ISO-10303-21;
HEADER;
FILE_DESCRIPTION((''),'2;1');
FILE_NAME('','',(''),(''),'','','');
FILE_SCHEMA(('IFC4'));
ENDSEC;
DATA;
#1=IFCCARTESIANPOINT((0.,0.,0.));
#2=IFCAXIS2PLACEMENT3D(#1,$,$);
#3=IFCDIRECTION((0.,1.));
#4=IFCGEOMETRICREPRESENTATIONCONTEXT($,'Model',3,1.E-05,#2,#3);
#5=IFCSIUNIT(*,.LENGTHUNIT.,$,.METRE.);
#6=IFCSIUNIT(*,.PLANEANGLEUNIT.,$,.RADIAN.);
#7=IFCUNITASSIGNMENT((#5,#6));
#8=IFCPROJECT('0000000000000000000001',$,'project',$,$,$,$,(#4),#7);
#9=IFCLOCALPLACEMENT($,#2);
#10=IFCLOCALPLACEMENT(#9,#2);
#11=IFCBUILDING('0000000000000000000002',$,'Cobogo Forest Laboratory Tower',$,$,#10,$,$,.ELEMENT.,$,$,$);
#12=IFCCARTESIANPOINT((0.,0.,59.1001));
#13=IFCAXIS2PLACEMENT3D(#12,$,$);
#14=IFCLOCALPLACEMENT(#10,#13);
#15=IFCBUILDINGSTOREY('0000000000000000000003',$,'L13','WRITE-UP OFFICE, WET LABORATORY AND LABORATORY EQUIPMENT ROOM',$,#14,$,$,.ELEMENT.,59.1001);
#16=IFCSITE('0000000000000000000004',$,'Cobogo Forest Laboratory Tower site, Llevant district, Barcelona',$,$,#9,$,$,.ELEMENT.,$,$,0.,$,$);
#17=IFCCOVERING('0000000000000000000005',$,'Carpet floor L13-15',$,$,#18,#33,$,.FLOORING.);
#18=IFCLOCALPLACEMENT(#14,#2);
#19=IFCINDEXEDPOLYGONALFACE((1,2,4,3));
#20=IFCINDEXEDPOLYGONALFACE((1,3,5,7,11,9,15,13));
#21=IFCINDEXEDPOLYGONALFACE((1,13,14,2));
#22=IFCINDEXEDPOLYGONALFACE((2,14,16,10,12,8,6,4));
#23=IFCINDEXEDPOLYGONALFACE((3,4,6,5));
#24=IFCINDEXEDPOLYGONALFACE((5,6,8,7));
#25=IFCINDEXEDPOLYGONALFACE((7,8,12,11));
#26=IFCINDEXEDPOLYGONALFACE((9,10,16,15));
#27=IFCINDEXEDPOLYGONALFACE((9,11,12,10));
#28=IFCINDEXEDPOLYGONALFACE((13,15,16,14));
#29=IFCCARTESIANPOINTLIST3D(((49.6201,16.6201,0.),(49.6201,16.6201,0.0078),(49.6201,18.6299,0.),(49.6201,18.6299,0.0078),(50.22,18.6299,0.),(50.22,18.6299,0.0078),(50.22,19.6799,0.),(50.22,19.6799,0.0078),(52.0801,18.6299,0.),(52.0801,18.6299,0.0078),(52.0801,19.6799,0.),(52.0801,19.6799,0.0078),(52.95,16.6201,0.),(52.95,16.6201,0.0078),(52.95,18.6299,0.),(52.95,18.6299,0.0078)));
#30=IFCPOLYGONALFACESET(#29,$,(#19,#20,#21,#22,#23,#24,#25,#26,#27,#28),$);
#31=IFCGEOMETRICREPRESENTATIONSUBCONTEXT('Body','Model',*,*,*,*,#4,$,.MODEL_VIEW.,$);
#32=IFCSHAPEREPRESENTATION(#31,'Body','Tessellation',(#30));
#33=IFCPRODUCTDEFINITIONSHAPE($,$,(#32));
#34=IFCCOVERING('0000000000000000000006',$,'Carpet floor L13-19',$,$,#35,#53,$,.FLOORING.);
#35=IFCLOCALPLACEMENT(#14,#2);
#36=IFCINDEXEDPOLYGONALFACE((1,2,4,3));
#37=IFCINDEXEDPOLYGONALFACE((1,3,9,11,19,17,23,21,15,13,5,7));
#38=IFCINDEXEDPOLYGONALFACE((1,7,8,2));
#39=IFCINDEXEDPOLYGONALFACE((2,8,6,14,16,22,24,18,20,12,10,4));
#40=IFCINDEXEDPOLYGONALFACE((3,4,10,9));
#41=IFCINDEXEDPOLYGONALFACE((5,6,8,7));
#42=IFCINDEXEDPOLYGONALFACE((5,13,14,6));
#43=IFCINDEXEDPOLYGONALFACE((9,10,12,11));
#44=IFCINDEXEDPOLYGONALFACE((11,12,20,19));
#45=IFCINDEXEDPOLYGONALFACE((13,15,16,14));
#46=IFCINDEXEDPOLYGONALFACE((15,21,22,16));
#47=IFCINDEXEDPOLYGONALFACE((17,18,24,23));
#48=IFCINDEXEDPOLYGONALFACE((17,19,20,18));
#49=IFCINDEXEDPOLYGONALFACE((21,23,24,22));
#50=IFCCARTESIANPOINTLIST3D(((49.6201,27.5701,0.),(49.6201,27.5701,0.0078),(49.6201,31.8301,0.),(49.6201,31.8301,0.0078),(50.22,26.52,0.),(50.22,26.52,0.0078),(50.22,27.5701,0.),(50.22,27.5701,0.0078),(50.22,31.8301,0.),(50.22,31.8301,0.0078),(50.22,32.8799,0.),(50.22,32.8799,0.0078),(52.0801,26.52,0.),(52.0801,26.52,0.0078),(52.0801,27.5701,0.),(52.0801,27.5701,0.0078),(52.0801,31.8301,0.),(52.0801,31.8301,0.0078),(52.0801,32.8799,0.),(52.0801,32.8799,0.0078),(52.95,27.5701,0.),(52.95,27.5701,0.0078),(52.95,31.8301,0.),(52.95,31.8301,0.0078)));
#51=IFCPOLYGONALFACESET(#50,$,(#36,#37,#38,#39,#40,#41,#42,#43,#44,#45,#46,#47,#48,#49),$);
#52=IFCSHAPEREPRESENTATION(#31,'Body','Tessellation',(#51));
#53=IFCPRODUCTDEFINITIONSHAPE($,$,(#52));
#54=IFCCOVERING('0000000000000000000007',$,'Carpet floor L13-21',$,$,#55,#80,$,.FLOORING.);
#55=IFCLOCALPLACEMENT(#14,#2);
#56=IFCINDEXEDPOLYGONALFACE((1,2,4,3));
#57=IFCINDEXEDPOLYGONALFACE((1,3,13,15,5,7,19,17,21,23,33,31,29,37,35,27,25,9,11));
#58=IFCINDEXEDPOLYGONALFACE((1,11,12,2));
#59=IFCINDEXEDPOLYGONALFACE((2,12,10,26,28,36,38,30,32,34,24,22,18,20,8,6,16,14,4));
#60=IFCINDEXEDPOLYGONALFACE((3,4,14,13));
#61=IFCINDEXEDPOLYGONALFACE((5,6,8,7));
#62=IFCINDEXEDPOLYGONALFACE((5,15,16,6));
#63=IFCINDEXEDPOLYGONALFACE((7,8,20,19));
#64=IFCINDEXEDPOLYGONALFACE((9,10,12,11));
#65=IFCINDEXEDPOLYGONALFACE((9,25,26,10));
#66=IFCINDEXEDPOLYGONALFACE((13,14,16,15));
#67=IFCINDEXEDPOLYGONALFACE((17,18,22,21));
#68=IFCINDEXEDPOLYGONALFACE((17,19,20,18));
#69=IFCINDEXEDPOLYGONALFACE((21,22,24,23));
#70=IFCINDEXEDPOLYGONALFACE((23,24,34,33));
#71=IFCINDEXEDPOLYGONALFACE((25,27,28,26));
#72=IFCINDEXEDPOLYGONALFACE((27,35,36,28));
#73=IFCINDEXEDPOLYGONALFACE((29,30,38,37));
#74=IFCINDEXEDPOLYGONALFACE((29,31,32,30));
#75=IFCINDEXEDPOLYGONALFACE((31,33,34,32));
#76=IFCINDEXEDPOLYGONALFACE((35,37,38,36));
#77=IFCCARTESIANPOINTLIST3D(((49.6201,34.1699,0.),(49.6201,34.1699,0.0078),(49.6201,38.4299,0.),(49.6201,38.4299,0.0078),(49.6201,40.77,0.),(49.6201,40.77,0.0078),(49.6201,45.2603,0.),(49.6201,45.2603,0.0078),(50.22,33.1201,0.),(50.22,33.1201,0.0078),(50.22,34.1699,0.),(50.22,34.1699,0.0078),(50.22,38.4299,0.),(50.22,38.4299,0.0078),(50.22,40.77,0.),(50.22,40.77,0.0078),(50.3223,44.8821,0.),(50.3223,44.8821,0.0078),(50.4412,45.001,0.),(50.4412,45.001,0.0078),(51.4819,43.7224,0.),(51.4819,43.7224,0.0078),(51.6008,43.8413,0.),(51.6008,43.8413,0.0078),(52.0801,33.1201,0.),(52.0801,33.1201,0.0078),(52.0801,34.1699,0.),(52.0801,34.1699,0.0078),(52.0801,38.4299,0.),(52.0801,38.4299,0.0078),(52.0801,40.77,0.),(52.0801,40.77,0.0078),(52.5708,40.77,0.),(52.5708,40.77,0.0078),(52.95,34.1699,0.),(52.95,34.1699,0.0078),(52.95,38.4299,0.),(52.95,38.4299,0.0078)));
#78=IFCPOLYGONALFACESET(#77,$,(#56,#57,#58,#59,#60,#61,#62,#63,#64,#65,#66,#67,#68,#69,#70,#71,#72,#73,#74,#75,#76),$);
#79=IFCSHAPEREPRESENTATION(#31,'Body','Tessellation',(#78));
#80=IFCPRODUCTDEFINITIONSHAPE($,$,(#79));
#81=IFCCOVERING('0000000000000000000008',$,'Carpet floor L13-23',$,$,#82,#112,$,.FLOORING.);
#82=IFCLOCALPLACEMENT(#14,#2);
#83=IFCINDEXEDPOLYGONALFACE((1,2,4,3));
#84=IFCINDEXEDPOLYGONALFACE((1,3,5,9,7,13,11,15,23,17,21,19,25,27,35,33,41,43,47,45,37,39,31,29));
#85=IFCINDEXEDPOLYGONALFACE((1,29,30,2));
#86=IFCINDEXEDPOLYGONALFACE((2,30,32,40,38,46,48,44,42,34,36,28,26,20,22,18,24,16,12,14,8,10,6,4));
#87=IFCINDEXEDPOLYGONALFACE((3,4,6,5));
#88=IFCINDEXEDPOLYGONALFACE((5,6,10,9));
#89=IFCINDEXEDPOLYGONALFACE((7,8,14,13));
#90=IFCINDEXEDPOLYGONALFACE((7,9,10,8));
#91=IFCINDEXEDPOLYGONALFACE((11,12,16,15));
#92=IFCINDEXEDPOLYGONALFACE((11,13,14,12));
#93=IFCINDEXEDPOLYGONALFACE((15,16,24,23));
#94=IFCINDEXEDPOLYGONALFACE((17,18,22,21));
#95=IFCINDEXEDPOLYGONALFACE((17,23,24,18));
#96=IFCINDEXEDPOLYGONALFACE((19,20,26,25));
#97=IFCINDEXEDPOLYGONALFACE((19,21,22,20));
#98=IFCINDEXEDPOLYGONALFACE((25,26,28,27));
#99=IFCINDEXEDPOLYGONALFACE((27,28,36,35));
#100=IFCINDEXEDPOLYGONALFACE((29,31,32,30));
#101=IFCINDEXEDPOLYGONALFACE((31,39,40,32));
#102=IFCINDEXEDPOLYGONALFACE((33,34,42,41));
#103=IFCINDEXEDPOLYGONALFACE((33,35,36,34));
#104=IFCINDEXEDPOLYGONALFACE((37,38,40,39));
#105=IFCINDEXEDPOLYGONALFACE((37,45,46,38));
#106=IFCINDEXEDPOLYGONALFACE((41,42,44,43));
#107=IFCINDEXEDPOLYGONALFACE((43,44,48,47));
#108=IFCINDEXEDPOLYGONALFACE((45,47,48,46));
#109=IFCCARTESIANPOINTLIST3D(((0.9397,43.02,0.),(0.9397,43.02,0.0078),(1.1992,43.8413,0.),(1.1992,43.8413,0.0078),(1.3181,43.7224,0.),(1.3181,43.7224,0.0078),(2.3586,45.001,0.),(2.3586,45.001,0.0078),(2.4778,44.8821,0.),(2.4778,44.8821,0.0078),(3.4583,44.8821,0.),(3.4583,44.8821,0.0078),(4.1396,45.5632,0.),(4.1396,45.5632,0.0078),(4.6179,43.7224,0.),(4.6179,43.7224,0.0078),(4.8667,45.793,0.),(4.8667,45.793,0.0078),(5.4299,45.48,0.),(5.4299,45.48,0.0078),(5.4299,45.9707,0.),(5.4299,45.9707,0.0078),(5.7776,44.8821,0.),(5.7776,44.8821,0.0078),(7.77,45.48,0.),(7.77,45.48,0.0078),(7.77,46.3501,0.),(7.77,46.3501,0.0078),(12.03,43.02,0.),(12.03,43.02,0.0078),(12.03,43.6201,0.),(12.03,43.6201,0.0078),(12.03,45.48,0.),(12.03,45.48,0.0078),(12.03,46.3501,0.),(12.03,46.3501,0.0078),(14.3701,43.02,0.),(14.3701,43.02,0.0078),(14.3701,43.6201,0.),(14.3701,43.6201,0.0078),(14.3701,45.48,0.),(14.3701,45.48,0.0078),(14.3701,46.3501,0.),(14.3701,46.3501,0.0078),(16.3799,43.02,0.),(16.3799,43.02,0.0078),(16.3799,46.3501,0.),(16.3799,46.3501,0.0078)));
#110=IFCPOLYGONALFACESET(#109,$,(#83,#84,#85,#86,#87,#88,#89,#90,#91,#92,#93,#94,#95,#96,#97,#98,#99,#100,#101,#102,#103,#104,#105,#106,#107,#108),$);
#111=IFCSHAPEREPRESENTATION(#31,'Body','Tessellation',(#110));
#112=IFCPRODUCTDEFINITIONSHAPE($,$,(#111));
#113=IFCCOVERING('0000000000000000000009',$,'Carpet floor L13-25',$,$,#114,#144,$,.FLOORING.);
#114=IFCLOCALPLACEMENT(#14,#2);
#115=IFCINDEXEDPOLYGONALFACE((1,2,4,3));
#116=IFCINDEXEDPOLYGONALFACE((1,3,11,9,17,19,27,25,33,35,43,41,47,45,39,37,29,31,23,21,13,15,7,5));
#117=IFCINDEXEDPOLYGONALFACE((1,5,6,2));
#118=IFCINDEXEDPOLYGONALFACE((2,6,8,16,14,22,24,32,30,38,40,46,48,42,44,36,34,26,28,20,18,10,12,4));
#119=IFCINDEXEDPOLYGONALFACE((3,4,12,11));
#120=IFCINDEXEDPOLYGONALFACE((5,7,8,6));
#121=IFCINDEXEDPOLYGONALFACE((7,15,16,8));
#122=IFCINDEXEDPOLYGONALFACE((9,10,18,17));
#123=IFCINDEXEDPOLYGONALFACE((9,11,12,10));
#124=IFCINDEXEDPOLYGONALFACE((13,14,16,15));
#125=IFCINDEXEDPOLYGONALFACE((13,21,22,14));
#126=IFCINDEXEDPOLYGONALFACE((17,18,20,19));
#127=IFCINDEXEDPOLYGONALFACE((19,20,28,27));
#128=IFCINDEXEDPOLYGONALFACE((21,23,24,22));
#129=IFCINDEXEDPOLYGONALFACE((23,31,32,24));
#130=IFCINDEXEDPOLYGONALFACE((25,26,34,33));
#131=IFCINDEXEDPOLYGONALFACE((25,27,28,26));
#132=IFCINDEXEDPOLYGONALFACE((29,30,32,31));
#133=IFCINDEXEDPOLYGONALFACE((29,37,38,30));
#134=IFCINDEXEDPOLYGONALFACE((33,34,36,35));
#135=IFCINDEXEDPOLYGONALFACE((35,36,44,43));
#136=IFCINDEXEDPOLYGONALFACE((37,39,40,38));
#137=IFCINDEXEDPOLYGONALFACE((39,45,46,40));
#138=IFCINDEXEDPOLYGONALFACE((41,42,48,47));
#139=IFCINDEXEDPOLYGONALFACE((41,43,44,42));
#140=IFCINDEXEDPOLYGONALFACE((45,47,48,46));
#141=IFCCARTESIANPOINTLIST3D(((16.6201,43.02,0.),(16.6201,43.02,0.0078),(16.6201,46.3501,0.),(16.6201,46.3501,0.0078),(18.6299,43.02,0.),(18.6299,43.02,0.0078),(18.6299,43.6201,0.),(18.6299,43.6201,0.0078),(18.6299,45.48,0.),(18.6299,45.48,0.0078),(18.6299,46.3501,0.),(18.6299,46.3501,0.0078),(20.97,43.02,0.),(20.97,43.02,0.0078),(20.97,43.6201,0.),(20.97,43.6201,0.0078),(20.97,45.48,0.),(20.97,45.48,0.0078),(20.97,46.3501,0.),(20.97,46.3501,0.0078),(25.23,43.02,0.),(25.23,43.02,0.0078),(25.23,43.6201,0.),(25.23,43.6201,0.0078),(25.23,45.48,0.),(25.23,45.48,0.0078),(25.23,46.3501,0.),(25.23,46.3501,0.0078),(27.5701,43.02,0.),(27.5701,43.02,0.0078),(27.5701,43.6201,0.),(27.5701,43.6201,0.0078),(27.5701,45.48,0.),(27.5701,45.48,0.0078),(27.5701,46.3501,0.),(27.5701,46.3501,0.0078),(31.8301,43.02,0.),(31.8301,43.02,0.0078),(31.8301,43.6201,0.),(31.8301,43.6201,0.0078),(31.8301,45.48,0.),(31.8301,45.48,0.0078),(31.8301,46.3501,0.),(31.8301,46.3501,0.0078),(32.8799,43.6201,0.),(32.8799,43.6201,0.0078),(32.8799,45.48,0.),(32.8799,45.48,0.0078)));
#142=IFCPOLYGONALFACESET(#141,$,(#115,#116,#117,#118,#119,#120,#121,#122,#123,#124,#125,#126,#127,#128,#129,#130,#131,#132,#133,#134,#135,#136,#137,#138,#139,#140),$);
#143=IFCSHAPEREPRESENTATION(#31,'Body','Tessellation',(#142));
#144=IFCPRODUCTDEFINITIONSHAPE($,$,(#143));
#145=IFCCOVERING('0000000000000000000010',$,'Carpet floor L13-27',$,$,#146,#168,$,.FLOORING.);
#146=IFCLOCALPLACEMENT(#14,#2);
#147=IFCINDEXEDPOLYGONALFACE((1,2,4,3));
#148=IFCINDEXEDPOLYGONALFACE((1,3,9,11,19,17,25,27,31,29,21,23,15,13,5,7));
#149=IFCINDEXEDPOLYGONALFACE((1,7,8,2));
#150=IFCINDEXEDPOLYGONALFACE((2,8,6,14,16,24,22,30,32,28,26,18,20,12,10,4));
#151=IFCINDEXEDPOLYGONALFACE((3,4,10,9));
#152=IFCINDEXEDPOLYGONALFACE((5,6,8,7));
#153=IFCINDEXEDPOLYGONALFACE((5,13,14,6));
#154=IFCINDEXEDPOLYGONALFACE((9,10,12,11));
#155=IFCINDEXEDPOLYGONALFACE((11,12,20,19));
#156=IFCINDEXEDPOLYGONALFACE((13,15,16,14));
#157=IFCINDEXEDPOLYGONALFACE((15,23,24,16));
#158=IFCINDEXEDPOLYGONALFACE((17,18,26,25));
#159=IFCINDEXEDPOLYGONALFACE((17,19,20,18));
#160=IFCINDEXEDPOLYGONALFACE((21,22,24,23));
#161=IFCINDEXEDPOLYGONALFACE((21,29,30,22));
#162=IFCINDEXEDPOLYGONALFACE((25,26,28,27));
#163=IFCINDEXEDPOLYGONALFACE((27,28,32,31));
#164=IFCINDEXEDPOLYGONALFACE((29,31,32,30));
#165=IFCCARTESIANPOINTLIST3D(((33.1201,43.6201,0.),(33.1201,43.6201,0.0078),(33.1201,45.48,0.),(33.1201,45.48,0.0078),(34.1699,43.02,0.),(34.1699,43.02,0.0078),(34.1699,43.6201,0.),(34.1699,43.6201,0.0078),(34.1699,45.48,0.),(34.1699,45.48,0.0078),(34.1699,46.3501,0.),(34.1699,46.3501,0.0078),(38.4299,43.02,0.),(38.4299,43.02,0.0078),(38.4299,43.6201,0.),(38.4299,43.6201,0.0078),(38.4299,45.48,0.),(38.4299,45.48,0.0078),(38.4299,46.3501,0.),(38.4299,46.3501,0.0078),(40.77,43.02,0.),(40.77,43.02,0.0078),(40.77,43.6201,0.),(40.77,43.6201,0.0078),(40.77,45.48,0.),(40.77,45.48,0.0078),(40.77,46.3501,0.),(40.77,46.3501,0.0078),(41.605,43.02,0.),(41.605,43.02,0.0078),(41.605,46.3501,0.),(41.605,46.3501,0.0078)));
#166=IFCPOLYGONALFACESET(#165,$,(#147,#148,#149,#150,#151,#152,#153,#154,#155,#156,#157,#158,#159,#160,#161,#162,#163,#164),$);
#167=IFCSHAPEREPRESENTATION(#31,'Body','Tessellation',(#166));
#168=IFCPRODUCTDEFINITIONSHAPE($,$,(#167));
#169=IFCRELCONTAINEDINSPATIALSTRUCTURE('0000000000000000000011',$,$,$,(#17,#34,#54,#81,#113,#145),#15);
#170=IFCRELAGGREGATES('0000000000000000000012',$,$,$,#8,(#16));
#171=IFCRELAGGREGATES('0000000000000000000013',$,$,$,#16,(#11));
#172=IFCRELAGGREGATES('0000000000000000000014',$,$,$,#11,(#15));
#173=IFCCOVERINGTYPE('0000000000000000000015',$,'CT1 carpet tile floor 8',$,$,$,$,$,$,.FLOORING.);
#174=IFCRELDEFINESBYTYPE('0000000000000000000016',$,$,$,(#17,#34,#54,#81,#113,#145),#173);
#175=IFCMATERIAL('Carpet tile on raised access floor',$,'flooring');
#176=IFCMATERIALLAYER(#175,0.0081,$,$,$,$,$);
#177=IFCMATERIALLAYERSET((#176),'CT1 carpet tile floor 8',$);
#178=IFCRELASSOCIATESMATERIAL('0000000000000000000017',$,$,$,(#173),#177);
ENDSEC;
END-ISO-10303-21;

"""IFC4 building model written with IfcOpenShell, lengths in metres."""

from ifc_helpers import new_model, si_unit, direction, frame, origin, place, context, subcontext, project, spatial, polyline, outline, extrude, material, layer, layer_set, type_object, element, save


model = new_model("IFC4")

# Units and contexts
model_context = context("Model", 3, precision=1e-05, world=origin(), true_north=direction((0.0, 1.0)))
body_context = subcontext(model_context, "Body", "Model", "MODEL_VIEW")
ifc_project = project(units=[si_unit("LENGTHUNIT", "METRE"), si_unit("PLANEANGLEUNIT", "RADIAN")], contexts=[model_context])

# Site, building, storey
site_placement = place(None, origin())
site = spatial("IfcSite", under=ifc_project, at=site_placement, Name="Cobogo Forest Laboratory Tower site, Llevant district, Barcelona", CompositionType="ELEMENT", RefElevation=0.0)
building_placement = place(site_placement, origin())
building = spatial("IfcBuilding", under=site, at=building_placement, Name="Cobogo Forest Laboratory Tower", CompositionType="ELEMENT")
storey_placement = place(building_placement, frame((0.0, 0.0, 59.1001)))
storey = spatial("IfcBuildingStorey", under=building, at=storey_placement, Name="L13", Description="WRITE-UP OFFICE, WET LABORATORY AND LABORATORY EQUIPMENT ROOM", CompositionType="ELEMENT", Elevation=59.1001)

# Coverings
ifc_material_1 = material(Name="Carpet tile on raised access floor", Category="flooring")
ifc_layer_1 = layer(ifc_material_1, 0.0081)
ifc_layer_set_1 = layer_set([ifc_layer_1], Name="CT1 carpet tile floor 8")
covering_type_1 = type_object("IfcCoveringType", Name="CT1 carpet tile floor 8", PredefinedType="FLOORING", material=ifc_layer_set_1)
covering_1_placement = place(storey_placement, origin())
element("IfcCovering", 1, at=covering_1_placement, inside=storey, type_object=covering_type_1, Name="Carpet floor L13-15", PredefinedType="FLOORING", context=body_context, shape_type="SweptSolid", body=[
    extrude(outline(polyline([(49.6201, 18.6299), (50.22, 18.6299), (50.22, 19.6799), (52.0801, 19.6799), (52.0801, 18.6299), (52.95, 18.6299), (52.95, 16.6201), (49.6201, 16.6201), (49.6201, 18.6299)])), origin(), (0.0, 0.0, 1.0), 0.0078),
])
covering_2_placement = place(storey_placement, origin())
element("IfcCovering", 2, at=covering_2_placement, inside=storey, type_object=covering_type_1, Name="Carpet floor L13-19", PredefinedType="FLOORING", context=body_context, shape_type="SweptSolid", body=[
    extrude(outline(polyline([(49.6201, 31.8301), (50.22, 31.8301), (50.22, 32.8799), (52.0801, 32.8799), (52.0801, 31.8301), (52.95, 31.8301), (52.95, 27.5701), (52.0801, 27.5701), (52.0801, 26.52), (50.22, 26.52), (50.22, 27.5701), (49.6201, 27.5701), (49.6201, 31.8301)])), origin(), (0.0, 0.0, 1.0), 0.0078),
])
covering_3_placement = place(storey_placement, origin())
element("IfcCovering", 3, at=covering_3_placement, inside=storey, type_object=covering_type_1, Name="Carpet floor L13-21", PredefinedType="FLOORING", context=body_context, shape_type="SweptSolid", body=[
    extrude(outline(polyline([(49.6201, 38.4299), (50.22, 38.4299), (50.22, 40.77), (49.6201, 40.77), (49.6201, 45.2603), (50.4412, 45.001), (50.3223, 44.8821), (51.4819, 43.7224), (51.6008, 43.8413), (52.5708, 40.77), (52.0801, 40.77), (52.0801, 38.4299), (52.95, 38.4299), (52.95, 34.1699), (52.0801, 34.1699), (52.0801, 33.1201), (50.22, 33.1201), (50.22, 34.1699), (49.6201, 34.1699), (49.6201, 38.4299)])), origin(), (0.0, 0.0, 1.0), 0.0078),
])
covering_4_placement = place(storey_placement, origin())
element("IfcCovering", 4, at=covering_4_placement, inside=storey, type_object=covering_type_1, Name="Carpet floor L13-23", PredefinedType="FLOORING", context=body_context, shape_type="SweptSolid", body=[
    extrude(outline(polyline([(14.3701, 43.02), (14.3701, 43.6201), (12.03, 43.6201), (12.03, 43.02), (0.9397, 43.02), (1.1992, 43.8413), (1.3181, 43.7224), (2.4778, 44.8821), (2.3586, 45.001), (4.1396, 45.5632), (3.4583, 44.8821), (4.6179, 43.7224), (5.7776, 44.8821), (4.8667, 45.793), (5.4299, 45.9707), (5.4299, 45.48), (7.77, 45.48), (7.77, 46.3501), (12.03, 46.3501), (12.03, 45.48), (14.3701, 45.48), (14.3701, 46.3501), (16.3799, 46.3501), (16.3799, 43.02), (14.3701, 43.02)])), origin(), (0.0, 0.0, 1.0), 0.0078),
])
covering_5_placement = place(storey_placement, origin())
element("IfcCovering", 5, at=covering_5_placement, inside=storey, type_object=covering_type_1, Name="Carpet floor L13-25", PredefinedType="FLOORING", context=body_context, shape_type="SweptSolid", body=[
    extrude(outline(polyline([(27.5701, 43.02), (27.5701, 43.6201), (25.23, 43.6201), (25.23, 43.02), (20.97, 43.02), (20.97, 43.6201), (18.6299, 43.6201), (18.6299, 43.02), (16.6201, 43.02), (16.6201, 46.3501), (18.6299, 46.3501), (18.6299, 45.48), (20.97, 45.48), (20.97, 46.3501), (25.23, 46.3501), (25.23, 45.48), (27.5701, 45.48), (27.5701, 46.3501), (31.8301, 46.3501), (31.8301, 45.48), (32.8799, 45.48), (32.8799, 43.6201), (31.8301, 43.6201), (31.8301, 43.02), (27.5701, 43.02)])), origin(), (0.0, 0.0, 1.0), 0.0078),
])
covering_6_placement = place(storey_placement, origin())
element("IfcCovering", 6, at=covering_6_placement, inside=storey, type_object=covering_type_1, Name="Carpet floor L13-27", PredefinedType="FLOORING", context=body_context, shape_type="SweptSolid", body=[
    extrude(outline(polyline([(40.77, 43.02), (40.77, 43.6201), (38.4299, 43.6201), (38.4299, 43.02), (34.1699, 43.02), (34.1699, 43.6201), (33.1201, 43.6201), (33.1201, 45.48), (34.1699, 45.48), (34.1699, 46.3501), (38.4299, 46.3501), (38.4299, 45.48), (40.77, 45.48), (40.77, 46.3501), (41.605, 46.3501), (41.605, 43.02), (40.77, 43.02)])), origin(), (0.0, 0.0, 1.0), 0.0078),
])

save(model, "model.ifc")
